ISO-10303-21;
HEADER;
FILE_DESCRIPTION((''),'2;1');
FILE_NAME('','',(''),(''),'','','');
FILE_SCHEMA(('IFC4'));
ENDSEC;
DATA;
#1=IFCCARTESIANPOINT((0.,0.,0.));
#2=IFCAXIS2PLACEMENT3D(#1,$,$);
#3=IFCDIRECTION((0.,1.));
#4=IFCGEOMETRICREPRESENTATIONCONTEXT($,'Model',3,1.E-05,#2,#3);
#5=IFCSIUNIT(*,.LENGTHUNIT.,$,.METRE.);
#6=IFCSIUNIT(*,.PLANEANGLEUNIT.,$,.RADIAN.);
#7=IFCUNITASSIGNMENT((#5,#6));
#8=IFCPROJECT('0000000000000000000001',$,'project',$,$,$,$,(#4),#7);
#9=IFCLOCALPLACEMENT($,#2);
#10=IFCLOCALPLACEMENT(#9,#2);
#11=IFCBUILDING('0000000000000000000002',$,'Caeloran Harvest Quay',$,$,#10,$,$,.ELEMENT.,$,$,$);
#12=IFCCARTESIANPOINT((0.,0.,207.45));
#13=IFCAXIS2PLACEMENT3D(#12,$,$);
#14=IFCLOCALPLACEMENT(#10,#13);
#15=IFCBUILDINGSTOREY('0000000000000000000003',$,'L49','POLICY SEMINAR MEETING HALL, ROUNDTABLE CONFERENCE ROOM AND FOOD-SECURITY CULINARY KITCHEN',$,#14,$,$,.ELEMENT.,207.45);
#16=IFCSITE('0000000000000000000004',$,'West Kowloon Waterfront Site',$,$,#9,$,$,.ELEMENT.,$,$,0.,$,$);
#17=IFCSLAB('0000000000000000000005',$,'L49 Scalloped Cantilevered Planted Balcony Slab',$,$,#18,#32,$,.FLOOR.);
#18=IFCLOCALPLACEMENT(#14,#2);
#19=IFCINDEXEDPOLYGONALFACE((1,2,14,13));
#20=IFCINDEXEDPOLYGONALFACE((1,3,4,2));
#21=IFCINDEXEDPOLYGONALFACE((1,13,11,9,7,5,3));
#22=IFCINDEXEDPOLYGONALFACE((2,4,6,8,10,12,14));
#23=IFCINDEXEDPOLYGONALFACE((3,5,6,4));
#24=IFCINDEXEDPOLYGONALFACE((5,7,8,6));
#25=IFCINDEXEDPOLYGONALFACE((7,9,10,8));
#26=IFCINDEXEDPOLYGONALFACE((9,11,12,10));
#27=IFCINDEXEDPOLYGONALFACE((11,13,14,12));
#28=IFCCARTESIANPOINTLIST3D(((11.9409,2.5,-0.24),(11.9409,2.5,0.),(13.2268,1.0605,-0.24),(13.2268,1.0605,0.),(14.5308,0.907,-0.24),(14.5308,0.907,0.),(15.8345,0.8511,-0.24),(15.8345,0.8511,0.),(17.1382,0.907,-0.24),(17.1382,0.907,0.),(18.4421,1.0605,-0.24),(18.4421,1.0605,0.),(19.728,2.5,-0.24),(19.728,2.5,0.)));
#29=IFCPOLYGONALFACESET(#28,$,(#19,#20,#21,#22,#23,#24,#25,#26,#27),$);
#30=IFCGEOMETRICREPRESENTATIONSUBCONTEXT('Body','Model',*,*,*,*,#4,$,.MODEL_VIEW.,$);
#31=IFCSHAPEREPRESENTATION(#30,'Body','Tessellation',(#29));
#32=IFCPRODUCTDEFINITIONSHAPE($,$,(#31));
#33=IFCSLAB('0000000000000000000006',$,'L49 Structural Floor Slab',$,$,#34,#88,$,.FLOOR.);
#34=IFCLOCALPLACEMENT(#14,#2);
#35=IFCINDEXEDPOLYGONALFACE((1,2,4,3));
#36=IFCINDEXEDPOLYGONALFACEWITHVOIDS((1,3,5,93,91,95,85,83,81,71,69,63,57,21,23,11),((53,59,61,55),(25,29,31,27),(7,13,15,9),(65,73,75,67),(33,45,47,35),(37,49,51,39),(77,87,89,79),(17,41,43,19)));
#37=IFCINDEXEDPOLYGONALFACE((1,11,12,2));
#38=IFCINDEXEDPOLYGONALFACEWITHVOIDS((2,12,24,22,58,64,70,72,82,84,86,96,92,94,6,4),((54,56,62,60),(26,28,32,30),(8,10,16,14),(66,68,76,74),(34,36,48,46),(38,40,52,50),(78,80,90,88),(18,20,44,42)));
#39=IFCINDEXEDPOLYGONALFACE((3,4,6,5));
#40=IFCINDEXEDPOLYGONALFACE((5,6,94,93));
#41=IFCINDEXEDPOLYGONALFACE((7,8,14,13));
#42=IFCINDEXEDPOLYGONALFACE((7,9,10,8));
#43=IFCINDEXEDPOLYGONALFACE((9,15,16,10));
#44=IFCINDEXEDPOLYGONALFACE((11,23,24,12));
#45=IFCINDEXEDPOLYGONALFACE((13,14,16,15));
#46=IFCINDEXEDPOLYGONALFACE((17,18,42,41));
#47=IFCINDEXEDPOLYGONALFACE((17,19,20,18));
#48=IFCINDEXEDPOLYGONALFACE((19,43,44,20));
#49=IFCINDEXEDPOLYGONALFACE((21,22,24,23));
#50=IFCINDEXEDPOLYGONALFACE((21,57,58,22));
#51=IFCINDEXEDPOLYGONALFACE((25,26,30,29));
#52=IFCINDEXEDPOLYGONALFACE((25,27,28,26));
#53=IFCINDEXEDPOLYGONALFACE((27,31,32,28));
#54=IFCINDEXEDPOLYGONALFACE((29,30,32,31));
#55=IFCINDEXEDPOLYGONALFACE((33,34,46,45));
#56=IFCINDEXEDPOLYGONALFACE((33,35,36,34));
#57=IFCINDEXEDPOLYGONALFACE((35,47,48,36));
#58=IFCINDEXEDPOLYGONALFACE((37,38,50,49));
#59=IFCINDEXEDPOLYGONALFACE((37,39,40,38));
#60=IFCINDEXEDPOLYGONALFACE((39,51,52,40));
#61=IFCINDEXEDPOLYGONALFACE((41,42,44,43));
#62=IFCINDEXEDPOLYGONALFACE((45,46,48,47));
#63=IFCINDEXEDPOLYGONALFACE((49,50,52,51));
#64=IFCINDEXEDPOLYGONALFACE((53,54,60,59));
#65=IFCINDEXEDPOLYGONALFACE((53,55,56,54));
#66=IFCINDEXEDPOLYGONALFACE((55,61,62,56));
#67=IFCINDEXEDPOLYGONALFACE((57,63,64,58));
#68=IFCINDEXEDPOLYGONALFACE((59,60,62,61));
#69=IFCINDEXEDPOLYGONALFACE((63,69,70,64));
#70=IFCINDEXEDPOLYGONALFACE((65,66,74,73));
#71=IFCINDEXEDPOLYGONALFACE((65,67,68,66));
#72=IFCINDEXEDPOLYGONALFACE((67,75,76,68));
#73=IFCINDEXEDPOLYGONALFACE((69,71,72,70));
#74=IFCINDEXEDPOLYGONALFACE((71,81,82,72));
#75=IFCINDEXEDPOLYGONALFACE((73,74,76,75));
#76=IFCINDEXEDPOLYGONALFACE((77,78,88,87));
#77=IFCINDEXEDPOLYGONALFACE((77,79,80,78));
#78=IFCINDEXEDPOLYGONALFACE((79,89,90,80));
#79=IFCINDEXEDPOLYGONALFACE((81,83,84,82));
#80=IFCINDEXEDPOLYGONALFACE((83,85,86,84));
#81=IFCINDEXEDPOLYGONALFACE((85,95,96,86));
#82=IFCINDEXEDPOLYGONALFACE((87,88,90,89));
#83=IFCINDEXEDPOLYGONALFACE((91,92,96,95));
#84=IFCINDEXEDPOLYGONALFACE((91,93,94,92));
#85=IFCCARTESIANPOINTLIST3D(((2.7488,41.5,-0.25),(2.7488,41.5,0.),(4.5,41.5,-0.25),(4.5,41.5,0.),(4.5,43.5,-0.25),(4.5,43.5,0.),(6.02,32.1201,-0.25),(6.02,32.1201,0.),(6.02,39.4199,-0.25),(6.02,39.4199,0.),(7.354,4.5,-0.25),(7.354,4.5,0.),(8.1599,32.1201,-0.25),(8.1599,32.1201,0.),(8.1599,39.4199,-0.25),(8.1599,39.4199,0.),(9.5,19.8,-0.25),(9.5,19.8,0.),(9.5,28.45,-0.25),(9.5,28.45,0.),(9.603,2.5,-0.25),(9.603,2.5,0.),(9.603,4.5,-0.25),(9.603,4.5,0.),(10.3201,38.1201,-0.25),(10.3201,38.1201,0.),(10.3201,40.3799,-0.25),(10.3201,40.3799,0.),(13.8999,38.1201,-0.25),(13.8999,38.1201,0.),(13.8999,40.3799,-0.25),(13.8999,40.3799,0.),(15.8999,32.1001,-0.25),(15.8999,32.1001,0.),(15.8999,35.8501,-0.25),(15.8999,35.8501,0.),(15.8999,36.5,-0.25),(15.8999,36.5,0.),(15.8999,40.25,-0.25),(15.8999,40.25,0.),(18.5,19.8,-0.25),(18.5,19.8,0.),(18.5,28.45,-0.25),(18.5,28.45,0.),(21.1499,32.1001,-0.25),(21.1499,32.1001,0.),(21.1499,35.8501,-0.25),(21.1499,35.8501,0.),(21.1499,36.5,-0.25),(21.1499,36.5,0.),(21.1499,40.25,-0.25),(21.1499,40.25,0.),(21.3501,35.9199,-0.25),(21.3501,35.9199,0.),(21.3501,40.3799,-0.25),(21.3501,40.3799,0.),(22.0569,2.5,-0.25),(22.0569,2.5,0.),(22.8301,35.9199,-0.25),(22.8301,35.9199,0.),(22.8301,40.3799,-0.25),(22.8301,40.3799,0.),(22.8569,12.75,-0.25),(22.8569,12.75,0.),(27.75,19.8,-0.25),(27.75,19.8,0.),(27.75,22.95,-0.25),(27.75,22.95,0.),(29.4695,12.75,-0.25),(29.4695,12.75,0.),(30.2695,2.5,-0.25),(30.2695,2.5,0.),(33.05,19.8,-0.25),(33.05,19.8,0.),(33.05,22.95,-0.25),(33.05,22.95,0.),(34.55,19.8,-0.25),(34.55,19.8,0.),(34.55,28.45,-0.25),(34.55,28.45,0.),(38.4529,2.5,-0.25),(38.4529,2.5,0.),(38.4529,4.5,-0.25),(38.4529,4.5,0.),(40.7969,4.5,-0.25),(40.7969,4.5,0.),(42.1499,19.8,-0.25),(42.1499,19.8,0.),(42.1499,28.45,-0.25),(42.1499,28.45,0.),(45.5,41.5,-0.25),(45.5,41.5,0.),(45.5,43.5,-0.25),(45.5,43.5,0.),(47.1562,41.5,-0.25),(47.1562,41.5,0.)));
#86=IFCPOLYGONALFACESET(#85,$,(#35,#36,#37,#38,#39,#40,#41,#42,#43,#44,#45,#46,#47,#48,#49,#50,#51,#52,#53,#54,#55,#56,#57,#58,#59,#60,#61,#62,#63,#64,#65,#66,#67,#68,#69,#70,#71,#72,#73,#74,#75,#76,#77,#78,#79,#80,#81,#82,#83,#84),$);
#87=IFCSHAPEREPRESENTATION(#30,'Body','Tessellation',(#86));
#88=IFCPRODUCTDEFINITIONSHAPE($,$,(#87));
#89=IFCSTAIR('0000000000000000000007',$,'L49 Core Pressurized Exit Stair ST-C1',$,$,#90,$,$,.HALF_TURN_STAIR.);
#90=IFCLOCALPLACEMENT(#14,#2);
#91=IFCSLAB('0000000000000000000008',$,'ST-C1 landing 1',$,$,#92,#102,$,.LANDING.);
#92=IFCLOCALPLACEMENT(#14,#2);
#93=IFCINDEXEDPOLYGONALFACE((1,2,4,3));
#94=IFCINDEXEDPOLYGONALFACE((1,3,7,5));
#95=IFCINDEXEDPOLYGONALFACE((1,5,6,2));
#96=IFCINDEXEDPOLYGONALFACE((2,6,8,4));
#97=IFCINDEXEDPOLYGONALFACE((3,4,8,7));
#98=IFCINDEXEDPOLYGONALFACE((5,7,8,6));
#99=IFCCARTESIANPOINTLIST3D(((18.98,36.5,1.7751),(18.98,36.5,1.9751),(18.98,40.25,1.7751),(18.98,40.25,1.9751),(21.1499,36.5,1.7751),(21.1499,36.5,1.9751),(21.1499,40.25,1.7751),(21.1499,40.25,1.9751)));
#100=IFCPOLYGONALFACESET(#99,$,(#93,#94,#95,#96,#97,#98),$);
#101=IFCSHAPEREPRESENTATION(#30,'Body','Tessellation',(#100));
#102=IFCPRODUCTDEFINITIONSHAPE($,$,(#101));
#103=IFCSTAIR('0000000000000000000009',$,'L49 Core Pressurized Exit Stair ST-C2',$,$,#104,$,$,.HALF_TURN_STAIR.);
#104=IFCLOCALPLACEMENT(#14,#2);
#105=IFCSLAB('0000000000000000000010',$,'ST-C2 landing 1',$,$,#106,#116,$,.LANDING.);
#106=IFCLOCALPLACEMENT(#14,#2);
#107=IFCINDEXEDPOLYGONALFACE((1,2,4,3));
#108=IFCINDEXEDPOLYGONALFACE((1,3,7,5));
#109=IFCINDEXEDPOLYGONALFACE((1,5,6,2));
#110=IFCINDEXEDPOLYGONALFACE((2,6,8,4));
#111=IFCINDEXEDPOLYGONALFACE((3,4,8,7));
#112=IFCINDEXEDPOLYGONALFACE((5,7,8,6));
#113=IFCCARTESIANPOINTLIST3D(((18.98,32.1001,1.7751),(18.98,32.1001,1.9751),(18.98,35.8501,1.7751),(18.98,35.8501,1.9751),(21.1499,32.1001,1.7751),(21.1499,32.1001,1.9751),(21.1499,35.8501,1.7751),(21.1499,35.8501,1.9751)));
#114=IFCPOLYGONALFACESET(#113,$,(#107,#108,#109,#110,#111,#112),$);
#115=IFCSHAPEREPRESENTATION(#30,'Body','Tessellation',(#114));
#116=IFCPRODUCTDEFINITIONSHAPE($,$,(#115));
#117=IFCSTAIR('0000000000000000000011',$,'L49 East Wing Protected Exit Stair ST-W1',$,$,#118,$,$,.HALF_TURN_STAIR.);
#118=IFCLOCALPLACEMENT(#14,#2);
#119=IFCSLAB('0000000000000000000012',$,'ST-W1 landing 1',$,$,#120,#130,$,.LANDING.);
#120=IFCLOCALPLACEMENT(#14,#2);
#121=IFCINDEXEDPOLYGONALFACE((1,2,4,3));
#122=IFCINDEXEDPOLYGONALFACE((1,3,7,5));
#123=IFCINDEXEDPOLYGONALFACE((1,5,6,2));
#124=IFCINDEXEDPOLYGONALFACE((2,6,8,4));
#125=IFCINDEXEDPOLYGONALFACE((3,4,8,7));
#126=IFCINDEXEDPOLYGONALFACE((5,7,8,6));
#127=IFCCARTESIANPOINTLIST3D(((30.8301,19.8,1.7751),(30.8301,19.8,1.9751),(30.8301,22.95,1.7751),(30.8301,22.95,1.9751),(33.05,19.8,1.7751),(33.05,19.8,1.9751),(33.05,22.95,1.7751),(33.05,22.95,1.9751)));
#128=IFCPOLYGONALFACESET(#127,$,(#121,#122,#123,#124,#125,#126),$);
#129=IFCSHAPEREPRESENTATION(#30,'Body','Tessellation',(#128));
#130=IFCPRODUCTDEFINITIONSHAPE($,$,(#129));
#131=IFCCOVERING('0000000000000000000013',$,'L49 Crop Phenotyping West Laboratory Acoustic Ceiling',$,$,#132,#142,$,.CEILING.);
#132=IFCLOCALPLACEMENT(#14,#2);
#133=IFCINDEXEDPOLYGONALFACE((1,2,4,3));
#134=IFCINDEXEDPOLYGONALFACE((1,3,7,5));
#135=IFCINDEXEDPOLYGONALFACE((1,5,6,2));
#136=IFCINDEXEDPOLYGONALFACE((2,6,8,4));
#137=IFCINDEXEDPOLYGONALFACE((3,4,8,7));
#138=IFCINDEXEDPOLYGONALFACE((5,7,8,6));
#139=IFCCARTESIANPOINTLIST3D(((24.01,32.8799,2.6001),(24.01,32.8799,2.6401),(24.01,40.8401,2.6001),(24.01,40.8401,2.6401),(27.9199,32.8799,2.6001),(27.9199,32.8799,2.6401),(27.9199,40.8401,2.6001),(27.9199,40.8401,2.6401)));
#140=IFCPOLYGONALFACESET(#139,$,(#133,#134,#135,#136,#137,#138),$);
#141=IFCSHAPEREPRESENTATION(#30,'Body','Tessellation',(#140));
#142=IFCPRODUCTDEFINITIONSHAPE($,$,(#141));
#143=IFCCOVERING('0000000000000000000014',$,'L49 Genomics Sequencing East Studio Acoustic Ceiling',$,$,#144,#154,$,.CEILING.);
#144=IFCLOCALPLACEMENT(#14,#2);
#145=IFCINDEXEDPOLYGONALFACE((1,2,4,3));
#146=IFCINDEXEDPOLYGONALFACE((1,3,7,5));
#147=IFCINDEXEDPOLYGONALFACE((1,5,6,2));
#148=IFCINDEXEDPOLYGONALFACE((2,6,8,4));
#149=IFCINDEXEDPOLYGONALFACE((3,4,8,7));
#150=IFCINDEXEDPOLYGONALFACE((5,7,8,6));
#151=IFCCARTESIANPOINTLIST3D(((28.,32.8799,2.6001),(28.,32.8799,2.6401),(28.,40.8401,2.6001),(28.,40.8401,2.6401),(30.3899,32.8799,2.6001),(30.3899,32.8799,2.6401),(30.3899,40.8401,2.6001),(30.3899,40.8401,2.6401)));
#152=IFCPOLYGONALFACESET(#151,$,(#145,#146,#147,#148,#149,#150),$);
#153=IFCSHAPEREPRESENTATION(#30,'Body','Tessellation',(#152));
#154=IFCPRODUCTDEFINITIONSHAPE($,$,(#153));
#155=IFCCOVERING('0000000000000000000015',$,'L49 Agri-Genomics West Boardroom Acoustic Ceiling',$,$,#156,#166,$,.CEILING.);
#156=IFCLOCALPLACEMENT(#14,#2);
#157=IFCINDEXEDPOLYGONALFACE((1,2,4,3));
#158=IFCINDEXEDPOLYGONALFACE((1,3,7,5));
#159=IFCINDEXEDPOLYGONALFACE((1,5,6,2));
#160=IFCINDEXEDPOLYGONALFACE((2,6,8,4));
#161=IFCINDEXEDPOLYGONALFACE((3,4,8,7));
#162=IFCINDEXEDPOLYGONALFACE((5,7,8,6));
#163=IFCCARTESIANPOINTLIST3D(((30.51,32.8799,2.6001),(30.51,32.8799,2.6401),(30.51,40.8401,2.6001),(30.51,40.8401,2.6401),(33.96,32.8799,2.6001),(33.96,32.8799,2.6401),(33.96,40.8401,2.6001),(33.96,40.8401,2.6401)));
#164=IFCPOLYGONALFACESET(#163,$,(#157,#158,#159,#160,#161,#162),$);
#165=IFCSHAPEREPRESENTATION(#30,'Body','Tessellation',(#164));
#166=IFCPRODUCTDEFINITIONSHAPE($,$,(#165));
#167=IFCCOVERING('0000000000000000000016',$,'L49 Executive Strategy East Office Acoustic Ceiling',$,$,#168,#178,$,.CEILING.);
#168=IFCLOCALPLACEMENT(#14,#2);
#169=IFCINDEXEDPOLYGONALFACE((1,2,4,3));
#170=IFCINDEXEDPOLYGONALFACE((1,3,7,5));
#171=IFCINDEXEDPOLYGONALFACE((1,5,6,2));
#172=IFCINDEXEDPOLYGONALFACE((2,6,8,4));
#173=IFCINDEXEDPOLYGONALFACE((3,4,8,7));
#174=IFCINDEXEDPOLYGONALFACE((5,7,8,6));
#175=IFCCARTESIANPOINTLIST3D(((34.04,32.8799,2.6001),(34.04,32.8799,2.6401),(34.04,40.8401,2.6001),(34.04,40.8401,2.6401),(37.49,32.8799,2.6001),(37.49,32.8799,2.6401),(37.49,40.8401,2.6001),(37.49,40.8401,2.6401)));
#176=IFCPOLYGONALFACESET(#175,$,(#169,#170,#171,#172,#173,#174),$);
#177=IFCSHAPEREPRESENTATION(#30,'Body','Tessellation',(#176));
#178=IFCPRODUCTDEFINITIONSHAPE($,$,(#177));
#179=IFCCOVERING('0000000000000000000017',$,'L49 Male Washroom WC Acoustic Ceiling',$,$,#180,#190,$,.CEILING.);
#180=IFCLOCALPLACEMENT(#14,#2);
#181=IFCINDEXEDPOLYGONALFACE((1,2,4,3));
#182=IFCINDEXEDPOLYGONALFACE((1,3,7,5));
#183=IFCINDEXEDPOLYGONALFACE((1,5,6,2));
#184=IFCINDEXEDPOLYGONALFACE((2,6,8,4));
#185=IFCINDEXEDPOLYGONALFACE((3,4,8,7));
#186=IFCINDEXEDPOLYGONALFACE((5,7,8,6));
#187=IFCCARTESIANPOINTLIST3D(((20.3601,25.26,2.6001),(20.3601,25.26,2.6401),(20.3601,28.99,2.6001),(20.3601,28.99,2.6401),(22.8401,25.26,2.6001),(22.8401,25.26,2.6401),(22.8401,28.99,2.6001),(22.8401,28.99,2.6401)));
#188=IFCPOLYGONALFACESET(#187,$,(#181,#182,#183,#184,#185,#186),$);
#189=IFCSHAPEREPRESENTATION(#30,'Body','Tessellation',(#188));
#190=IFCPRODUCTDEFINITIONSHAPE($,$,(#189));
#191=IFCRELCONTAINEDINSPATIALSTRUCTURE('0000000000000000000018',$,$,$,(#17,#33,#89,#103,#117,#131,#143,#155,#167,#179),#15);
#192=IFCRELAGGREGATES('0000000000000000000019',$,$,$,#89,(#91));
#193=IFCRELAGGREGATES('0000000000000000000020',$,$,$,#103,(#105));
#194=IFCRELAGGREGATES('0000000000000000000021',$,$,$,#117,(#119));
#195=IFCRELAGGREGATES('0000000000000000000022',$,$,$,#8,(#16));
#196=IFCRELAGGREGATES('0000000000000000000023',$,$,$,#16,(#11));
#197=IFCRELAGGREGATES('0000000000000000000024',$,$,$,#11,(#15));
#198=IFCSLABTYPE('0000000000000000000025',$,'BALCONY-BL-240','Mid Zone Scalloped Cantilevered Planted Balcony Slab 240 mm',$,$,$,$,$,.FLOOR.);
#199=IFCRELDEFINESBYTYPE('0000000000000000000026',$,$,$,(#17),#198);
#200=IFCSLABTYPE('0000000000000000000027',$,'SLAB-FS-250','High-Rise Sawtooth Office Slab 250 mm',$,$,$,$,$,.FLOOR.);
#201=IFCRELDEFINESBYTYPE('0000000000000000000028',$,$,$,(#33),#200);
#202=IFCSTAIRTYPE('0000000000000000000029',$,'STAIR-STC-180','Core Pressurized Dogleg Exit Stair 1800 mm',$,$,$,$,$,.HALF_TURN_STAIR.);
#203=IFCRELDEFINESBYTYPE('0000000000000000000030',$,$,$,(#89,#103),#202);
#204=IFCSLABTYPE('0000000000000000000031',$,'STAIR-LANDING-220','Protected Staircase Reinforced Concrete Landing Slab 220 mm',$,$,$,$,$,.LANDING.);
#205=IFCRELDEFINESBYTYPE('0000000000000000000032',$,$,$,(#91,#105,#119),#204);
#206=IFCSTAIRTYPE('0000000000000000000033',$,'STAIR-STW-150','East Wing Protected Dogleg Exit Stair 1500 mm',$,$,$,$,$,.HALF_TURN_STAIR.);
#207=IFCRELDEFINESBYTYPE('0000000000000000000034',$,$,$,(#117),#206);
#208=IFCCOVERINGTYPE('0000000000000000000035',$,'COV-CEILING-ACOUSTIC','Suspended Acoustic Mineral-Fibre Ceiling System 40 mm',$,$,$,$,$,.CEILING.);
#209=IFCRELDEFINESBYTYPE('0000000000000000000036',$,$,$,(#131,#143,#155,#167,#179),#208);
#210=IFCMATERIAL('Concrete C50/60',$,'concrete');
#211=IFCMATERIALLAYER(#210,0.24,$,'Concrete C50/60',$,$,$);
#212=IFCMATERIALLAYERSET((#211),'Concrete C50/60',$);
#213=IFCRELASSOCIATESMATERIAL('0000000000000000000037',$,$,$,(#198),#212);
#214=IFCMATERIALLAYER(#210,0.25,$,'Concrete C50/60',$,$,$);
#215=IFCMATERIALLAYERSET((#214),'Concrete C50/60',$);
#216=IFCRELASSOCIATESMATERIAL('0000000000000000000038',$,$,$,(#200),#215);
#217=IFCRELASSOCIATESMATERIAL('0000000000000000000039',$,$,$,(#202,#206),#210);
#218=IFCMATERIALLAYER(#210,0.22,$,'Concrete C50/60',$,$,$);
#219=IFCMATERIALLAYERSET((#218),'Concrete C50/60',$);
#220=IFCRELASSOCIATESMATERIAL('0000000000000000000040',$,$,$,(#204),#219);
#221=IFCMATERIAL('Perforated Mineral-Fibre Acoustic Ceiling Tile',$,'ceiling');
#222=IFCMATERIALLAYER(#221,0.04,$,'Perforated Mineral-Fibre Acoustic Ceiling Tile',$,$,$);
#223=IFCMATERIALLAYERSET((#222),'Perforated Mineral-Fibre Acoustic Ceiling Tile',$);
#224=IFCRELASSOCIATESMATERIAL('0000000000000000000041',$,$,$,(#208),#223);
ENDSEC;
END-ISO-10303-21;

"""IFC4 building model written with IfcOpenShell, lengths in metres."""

from ifc_helpers import new_model, si_unit, direction, frame, origin, place, context, subcontext, project, spatial, polyline, outline, extrude, material, layer, layer_set, type_object, element, aggregate, save


model = new_model("IFC4")

# Units and contexts
model_context = context("Model", 3, precision=1e-05, world=origin(), true_north=direction((0.0, 1.0)))
body_context = subcontext(model_context, "Body", "Model", "MODEL_VIEW")
ifc_project = project(units=[si_unit("LENGTHUNIT", "METRE"), si_unit("PLANEANGLEUNIT", "RADIAN")], contexts=[model_context])

# Site, building, storey
site_placement = place(None, origin())
site = spatial("IfcSite", under=ifc_project, at=site_placement, Name="West Kowloon Waterfront Site", CompositionType="ELEMENT", RefElevation=0.0)
building_placement = place(site_placement, origin())
building = spatial("IfcBuilding", under=site, at=building_placement, Name="Caeloran Harvest Quay", CompositionType="ELEMENT")
storey_placement = place(building_placement, frame((0.0, 0.0, 207.45)))
storey = spatial("IfcBuildingStorey", under=building, at=storey_placement, Name="L49", Description="POLICY SEMINAR MEETING HALL, ROUNDTABLE CONFERENCE ROOM AND FOOD-SECURITY CULINARY KITCHEN", CompositionType="ELEMENT", Elevation=207.45)

# Slabs
ifc_material_1 = material(Name="Concrete C50/60", Category="concrete")
ifc_layer_1 = layer(ifc_material_1, 0.24, Name="Concrete C50/60")
ifc_layer_set_1 = layer_set([ifc_layer_1], Name="Concrete C50/60")
slab_type_1 = type_object("IfcSlabType", Name="BALCONY-BL-240", Description="Mid Zone Scalloped Cantilevered Planted Balcony Slab 240 mm", PredefinedType="FLOOR", material=ifc_layer_set_1)
slab_1_placement = place(storey_placement, frame((0.0, 0.0, -0.24)))
element("IfcSlab", 1, at=slab_1_placement, inside=storey, type_object=slab_type_1, Name="L49 Scalloped Cantilevered Planted Balcony Slab", PredefinedType="FLOOR", context=body_context, shape_type="SweptSolid", body=[
    extrude(outline(polyline([(18.4421, 1.0605), (17.1382, 0.907), (15.8345, 0.8511), (14.5308, 0.907), (13.2268, 1.0605), (11.9409, 2.5), (19.728, 2.5), (18.4421, 1.0605)])), origin(), (0.0, 0.0, 1.0), 0.24),
])
ifc_layer_2 = layer(ifc_material_1, 0.25, Name="Concrete C50/60")
ifc_layer_set_2 = layer_set([ifc_layer_2], Name="Concrete C50/60")
slab_type_2 = type_object("IfcSlabType", Name="SLAB-FS-250", Description="High-Rise Sawtooth Office Slab 250 mm", PredefinedType="FLOOR", material=ifc_layer_set_2)
slab_2_placement = place(storey_placement, frame((0.0, 0.0, -0.25)))
element("IfcSlab", 2, at=slab_2_placement, inside=storey, type_object=slab_type_2, Name="L49 Structural Floor Slab", PredefinedType="FLOOR", context=body_context, shape_type="SweptSolid", body=[
    extrude(outline(polyline([(9.603, 2.5), (22.0569, 2.5), (22.8569, 12.75), (29.4695, 12.75), (30.2695, 2.5), (38.4529, 2.5), (38.4529, 4.5), (40.7969, 4.5), (47.1562, 41.5), (45.5, 41.5), (45.5, 43.5), (4.5, 43.5), (4.5, 41.5), (2.7488, 41.5), (7.354, 4.5), (9.603, 4.5), (9.603, 2.5)]), holes=[polyline([(27.75, 19.8), (27.75, 22.95), (33.05, 22.95), (33.05, 19.8), (27.75, 19.8)]), polyline([(18.5, 19.8), (9.5, 19.8), (9.5, 28.45), (18.5, 28.45), (18.5, 19.8)]), polyline([(42.1499, 19.8), (34.55, 19.8), (34.55, 28.45), (42.1499, 28.45), (42.1499, 19.8)]), polyline([(15.8999, 32.1001), (15.8999, 35.8501), (21.1499, 35.8501), (21.1499, 32.1001), (15.8999, 32.1001)]), polyline([(8.1599, 32.1201), (6.02, 32.1201), (6.02, 39.4199), (8.1599, 39.4199), (8.1599, 32.1201)]), polyline([(22.8301, 35.9199), (21.3501, 35.9199), (21.3501, 40.3799), (22.8301, 40.3799), (22.8301, 35.9199)]), polyline([(15.8999, 36.5), (15.8999, 40.25), (21.1499, 40.25), (21.1499, 36.5), (15.8999, 36.5)]), polyline([(13.8999, 38.1201), (10.3201, 38.1201), (10.3201, 40.3799), (13.8999, 40.3799), (13.8999, 38.1201)])]), origin(), (0.0, 0.0, 1.0), 0.25),
])

# Stairs, slabs
stair_type_1 = type_object("IfcStairType", Name="STAIR-STC-180", Description="Core Pressurized Dogleg Exit Stair 1800 mm", PredefinedType="HALF_TURN_STAIR", material=ifc_material_1)
stair_1_placement = place(storey_placement, origin())
stair_1 = element("IfcStair", 3, at=stair_1_placement, inside=storey, type_object=stair_type_1, Name="L49 Core Pressurized Exit Stair ST-C1", PredefinedType="HALF_TURN_STAIR")
ifc_layer_3 = layer(ifc_material_1, 0.22, Name="Concrete C50/60")
ifc_layer_set_3 = layer_set([ifc_layer_3], Name="Concrete C50/60")
slab_type_3 = type_object("IfcSlabType", Name="STAIR-LANDING-220", Description="Protected Staircase Reinforced Concrete Landing Slab 220 mm", PredefinedType="LANDING", material=ifc_layer_set_3)
slab_3_placement = place(storey_placement, frame((0.0, 0.0, 1.7751)))
slab_3 = element("IfcSlab", 4, at=slab_3_placement, type_object=slab_type_3, Name="ST-C1 landing 1", PredefinedType="LANDING", context=body_context, shape_type="SweptSolid", body=[
    extrude(outline(polyline([(18.98, 36.5), (21.1499, 36.5), (21.1499, 40.25), (18.98, 40.25), (18.98, 36.5)])), origin(), (0.0, 0.0, 1.0), 0.2),
])
aggregate(stair_1, [slab_3])
stair_2_placement = place(storey_placement, origin())
stair_2 = element("IfcStair", 5, at=stair_2_placement, inside=storey, type_object=stair_type_1, Name="L49 Core Pressurized Exit Stair ST-C2", PredefinedType="HALF_TURN_STAIR")
slab_4_placement = place(storey_placement, frame((0.0, 0.0, 1.7751)))
slab_4 = element("IfcSlab", 6, at=slab_4_placement, type_object=slab_type_3, Name="ST-C2 landing 1", PredefinedType="LANDING", context=body_context, shape_type="SweptSolid", body=[
    extrude(outline(polyline([(18.98, 32.1001), (21.1499, 32.1001), (21.1499, 35.8501), (18.98, 35.8501), (18.98, 32.1001)])), origin(), (0.0, 0.0, 1.0), 0.2),
])
aggregate(stair_2, [slab_4])
stair_type_2 = type_object("IfcStairType", Name="STAIR-STW-150", Description="East Wing Protected Dogleg Exit Stair 1500 mm", PredefinedType="HALF_TURN_STAIR", material=ifc_material_1)
stair_3_placement = place(storey_placement, origin())
stair_3 = element("IfcStair", 7, at=stair_3_placement, inside=storey, type_object=stair_type_2, Name="L49 East Wing Protected Exit Stair ST-W1", PredefinedType="HALF_TURN_STAIR")
slab_5_placement = place(storey_placement, frame((0.0, 0.0, 1.7751)))
slab_5 = element("IfcSlab", 8, at=slab_5_placement, type_object=slab_type_3, Name="ST-W1 landing 1", PredefinedType="LANDING", context=body_context, shape_type="SweptSolid", body=[
    extrude(outline(polyline([(30.8301, 19.8), (33.05, 19.8), (33.05, 22.95), (30.8301, 22.95), (30.8301, 19.8)])), origin(), (0.0, 0.0, 1.0), 0.2),
])
aggregate(stair_3, [slab_5])

# Coverings
ifc_material_2 = material(Name="Perforated Mineral-Fibre Acoustic Ceiling Tile", Category="ceiling")
ifc_layer_4 = layer(ifc_material_2, 0.04, Name="Perforated Mineral-Fibre Acoustic Ceiling Tile")
ifc_layer_set_4 = layer_set([ifc_layer_4], Name="Perforated Mineral-Fibre Acoustic Ceiling Tile")
covering_type_1 = type_object("IfcCoveringType", Name="COV-CEILING-ACOUSTIC", Description="Suspended Acoustic Mineral-Fibre Ceiling System 40 mm", PredefinedType="CEILING", material=ifc_layer_set_4)
covering_1_placement = place(storey_placement, frame((0.0, 0.0, 2.6001)))
element("IfcCovering", 9, at=covering_1_placement, inside=storey, type_object=covering_type_1, Name="L49 Crop Phenotyping West Laboratory Acoustic Ceiling", PredefinedType="CEILING", context=body_context, shape_type="SweptSolid", body=[
    extrude(outline(polyline([(27.9199, 40.8401), (27.9199, 32.8799), (24.01, 32.8799), (24.01, 40.8401), (27.9199, 40.8401)])), origin(), (0.0, 0.0, 1.0), 0.04),
])
covering_2_placement = place(storey_placement, frame((0.0, 0.0, 2.6001)))
element("IfcCovering", 10, at=covering_2_placement, inside=storey, type_object=covering_type_1, Name="L49 Genomics Sequencing East Studio Acoustic Ceiling", PredefinedType="CEILING", context=body_context, shape_type="SweptSolid", body=[
    extrude(outline(polyline([(30.3899, 40.8401), (30.3899, 32.8799), (28.0, 32.8799), (28.0, 40.8401), (30.3899, 40.8401)])), origin(), (0.0, 0.0, 1.0), 0.04),
])
covering_3_placement = place(storey_placement, frame((0.0, 0.0, 2.6001)))
element("IfcCovering", 11, at=covering_3_placement, inside=storey, type_object=covering_type_1, Name="L49 Agri-Genomics West Boardroom Acoustic Ceiling", PredefinedType="CEILING", context=body_context, shape_type="SweptSolid", body=[
    extrude(outline(polyline([(33.96, 40.8401), (33.96, 32.8799), (30.51, 32.8799), (30.51, 40.8401), (33.96, 40.8401)])), origin(), (0.0, 0.0, 1.0), 0.04),
])
covering_4_placement = place(storey_placement, frame((0.0, 0.0, 2.6001)))
element("IfcCovering", 12, at=covering_4_placement, inside=storey, type_object=covering_type_1, Name="L49 Executive Strategy East Office Acoustic Ceiling", PredefinedType="CEILING", context=body_context, shape_type="SweptSolid", body=[
    extrude(outline(polyline([(37.49, 40.8401), (37.49, 32.8799), (34.04, 32.8799), (34.04, 40.8401), (37.49, 40.8401)])), origin(), (0.0, 0.0, 1.0), 0.04),
])
covering_5_placement = place(storey_placement, frame((0.0, 0.0, 2.6001)))
element("IfcCovering", 13, at=covering_5_placement, inside=storey, type_object=covering_type_1, Name="L49 Male Washroom WC Acoustic Ceiling", PredefinedType="CEILING", context=body_context, shape_type="SweptSolid", body=[
    extrude(outline(polyline([(22.8401, 28.99), (22.8401, 25.26), (20.3601, 25.26), (20.3601, 28.99), (22.8401, 28.99)])), origin(), (0.0, 0.0, 1.0), 0.04),
])

save(model, "model.ifc")
